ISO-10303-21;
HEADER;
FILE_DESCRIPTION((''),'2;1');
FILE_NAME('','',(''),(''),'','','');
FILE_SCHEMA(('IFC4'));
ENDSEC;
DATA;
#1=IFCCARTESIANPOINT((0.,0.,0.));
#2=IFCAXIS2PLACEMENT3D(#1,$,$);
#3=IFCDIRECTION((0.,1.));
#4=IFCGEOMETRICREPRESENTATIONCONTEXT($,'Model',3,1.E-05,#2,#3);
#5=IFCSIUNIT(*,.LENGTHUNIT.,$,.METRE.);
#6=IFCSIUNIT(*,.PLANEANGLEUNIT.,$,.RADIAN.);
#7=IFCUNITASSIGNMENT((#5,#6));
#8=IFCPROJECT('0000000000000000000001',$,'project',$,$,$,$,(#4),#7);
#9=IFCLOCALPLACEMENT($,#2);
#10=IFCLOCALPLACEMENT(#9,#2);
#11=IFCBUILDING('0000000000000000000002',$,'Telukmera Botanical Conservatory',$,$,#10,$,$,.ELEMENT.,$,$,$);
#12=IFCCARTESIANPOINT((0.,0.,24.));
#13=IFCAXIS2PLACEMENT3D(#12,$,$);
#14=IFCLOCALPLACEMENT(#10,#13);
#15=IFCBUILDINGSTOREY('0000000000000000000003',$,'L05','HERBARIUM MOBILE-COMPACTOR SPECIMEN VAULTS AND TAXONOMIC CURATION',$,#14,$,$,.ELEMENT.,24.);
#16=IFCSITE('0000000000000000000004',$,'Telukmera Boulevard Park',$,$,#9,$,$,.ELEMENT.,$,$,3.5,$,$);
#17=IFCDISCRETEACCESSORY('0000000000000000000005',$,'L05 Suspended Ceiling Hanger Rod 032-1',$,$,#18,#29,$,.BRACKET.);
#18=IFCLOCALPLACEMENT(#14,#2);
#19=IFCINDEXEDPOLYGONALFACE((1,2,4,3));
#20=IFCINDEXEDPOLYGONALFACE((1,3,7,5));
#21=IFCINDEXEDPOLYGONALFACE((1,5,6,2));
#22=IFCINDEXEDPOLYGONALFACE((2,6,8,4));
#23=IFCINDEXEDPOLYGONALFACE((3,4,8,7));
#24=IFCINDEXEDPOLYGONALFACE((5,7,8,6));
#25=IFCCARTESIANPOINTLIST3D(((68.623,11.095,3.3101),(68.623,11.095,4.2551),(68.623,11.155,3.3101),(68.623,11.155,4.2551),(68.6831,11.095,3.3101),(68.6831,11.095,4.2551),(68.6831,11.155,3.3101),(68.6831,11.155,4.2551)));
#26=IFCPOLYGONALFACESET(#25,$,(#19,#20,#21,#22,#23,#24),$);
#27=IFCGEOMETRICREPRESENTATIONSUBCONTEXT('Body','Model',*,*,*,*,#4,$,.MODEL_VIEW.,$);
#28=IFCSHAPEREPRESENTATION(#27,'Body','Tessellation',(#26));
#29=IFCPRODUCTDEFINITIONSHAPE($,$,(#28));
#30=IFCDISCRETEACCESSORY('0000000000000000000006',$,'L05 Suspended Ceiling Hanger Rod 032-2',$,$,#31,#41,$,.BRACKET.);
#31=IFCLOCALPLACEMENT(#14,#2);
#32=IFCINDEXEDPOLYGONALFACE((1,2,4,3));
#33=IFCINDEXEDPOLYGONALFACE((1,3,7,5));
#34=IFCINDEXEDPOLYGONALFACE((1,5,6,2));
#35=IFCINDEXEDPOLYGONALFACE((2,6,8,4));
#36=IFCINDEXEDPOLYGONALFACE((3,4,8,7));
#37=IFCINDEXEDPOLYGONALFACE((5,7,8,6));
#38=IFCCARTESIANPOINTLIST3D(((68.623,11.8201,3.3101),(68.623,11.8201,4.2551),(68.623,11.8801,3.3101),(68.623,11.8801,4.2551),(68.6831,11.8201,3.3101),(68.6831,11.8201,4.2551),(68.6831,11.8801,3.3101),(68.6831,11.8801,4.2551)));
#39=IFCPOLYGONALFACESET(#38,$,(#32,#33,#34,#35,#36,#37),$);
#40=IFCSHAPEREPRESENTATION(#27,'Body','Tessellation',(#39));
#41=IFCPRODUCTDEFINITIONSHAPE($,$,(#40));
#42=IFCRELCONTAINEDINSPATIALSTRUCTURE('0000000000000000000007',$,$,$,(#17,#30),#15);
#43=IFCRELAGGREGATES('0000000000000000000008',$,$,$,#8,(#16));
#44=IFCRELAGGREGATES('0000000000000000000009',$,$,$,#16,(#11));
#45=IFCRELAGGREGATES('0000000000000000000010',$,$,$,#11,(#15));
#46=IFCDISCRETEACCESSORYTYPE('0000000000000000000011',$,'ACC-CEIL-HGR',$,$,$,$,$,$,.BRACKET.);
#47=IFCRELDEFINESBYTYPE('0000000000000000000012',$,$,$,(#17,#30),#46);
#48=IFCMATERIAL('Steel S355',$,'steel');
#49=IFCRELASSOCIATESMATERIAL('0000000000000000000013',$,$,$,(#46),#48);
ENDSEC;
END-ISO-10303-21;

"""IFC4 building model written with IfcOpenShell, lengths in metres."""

from ifc_helpers import new_model, si_unit, direction, frame, origin, origin_2d, place, context, subcontext, project, spatial, rectangle, extrude, material, type_object, element, save


model = new_model("IFC4")

# Units and contexts
model_context = context("Model", 3, precision=1e-05, world=origin(), true_north=direction((0.0, 1.0)))
body_context = subcontext(model_context, "Body", "Model", "MODEL_VIEW")
ifc_project = project(units=[si_unit("LENGTHUNIT", "METRE"), si_unit("PLANEANGLEUNIT", "RADIAN")], contexts=[model_context])

# Site, building, storey
site_placement = place(None, origin())
site = spatial("IfcSite", under=ifc_project, at=site_placement, Name="Telukmera Boulevard Park", CompositionType="ELEMENT", RefElevation=3.5)
building_placement = place(site_placement, origin())
building = spatial("IfcBuilding", under=site, at=building_placement, Name="Telukmera Botanical Conservatory", CompositionType="ELEMENT")
storey_placement = place(building_placement, frame((0.0, 0.0, 24.0)))
storey = spatial("IfcBuildingStorey", under=building, at=storey_placement, Name="L05", Description="HERBARIUM MOBILE-COMPACTOR SPECIMEN VAULTS AND TAXONOMIC CURATION", CompositionType="ELEMENT", Elevation=24.0)

# Discrete accessories
ifc_material_1 = material(Name="Steel S355", Category="steel")
discrete_accessory_type = type_object("IfcDiscreteAccessoryType", Name="ACC-CEIL-HGR", PredefinedType="BRACKET", material=ifc_material_1)
for number, where, z_axis, x_axis, name in (
    (1, (68.6531, 11.125, 3.3101), (0.0, 0.0, 1.0), (1.0, 0.0, 0.0), "L05 Suspended Ceiling Hanger Rod 032-1"),
    (2, (68.6531, 11.8501, 3.3101), (0.0, 0.0, 1.0), (1.0, 0.0, 0.0), "L05 Suspended Ceiling Hanger Rod 032-2"),
):
    element("IfcDiscreteAccessory", number, at=place(storey_placement, frame(where, z_axis=z_axis, x_axis=x_axis)), inside=storey, type_object=discrete_accessory_type, Name=name, PredefinedType="BRACKET", context=body_context, shape_type="SweptSolid", body=[
        extrude(rectangle(XDim=0.0601, YDim=0.0601, at=origin_2d()), origin(), (0.0, 0.0, 1.0), 0.9451),
    ])

save(model, "model.ifc")
